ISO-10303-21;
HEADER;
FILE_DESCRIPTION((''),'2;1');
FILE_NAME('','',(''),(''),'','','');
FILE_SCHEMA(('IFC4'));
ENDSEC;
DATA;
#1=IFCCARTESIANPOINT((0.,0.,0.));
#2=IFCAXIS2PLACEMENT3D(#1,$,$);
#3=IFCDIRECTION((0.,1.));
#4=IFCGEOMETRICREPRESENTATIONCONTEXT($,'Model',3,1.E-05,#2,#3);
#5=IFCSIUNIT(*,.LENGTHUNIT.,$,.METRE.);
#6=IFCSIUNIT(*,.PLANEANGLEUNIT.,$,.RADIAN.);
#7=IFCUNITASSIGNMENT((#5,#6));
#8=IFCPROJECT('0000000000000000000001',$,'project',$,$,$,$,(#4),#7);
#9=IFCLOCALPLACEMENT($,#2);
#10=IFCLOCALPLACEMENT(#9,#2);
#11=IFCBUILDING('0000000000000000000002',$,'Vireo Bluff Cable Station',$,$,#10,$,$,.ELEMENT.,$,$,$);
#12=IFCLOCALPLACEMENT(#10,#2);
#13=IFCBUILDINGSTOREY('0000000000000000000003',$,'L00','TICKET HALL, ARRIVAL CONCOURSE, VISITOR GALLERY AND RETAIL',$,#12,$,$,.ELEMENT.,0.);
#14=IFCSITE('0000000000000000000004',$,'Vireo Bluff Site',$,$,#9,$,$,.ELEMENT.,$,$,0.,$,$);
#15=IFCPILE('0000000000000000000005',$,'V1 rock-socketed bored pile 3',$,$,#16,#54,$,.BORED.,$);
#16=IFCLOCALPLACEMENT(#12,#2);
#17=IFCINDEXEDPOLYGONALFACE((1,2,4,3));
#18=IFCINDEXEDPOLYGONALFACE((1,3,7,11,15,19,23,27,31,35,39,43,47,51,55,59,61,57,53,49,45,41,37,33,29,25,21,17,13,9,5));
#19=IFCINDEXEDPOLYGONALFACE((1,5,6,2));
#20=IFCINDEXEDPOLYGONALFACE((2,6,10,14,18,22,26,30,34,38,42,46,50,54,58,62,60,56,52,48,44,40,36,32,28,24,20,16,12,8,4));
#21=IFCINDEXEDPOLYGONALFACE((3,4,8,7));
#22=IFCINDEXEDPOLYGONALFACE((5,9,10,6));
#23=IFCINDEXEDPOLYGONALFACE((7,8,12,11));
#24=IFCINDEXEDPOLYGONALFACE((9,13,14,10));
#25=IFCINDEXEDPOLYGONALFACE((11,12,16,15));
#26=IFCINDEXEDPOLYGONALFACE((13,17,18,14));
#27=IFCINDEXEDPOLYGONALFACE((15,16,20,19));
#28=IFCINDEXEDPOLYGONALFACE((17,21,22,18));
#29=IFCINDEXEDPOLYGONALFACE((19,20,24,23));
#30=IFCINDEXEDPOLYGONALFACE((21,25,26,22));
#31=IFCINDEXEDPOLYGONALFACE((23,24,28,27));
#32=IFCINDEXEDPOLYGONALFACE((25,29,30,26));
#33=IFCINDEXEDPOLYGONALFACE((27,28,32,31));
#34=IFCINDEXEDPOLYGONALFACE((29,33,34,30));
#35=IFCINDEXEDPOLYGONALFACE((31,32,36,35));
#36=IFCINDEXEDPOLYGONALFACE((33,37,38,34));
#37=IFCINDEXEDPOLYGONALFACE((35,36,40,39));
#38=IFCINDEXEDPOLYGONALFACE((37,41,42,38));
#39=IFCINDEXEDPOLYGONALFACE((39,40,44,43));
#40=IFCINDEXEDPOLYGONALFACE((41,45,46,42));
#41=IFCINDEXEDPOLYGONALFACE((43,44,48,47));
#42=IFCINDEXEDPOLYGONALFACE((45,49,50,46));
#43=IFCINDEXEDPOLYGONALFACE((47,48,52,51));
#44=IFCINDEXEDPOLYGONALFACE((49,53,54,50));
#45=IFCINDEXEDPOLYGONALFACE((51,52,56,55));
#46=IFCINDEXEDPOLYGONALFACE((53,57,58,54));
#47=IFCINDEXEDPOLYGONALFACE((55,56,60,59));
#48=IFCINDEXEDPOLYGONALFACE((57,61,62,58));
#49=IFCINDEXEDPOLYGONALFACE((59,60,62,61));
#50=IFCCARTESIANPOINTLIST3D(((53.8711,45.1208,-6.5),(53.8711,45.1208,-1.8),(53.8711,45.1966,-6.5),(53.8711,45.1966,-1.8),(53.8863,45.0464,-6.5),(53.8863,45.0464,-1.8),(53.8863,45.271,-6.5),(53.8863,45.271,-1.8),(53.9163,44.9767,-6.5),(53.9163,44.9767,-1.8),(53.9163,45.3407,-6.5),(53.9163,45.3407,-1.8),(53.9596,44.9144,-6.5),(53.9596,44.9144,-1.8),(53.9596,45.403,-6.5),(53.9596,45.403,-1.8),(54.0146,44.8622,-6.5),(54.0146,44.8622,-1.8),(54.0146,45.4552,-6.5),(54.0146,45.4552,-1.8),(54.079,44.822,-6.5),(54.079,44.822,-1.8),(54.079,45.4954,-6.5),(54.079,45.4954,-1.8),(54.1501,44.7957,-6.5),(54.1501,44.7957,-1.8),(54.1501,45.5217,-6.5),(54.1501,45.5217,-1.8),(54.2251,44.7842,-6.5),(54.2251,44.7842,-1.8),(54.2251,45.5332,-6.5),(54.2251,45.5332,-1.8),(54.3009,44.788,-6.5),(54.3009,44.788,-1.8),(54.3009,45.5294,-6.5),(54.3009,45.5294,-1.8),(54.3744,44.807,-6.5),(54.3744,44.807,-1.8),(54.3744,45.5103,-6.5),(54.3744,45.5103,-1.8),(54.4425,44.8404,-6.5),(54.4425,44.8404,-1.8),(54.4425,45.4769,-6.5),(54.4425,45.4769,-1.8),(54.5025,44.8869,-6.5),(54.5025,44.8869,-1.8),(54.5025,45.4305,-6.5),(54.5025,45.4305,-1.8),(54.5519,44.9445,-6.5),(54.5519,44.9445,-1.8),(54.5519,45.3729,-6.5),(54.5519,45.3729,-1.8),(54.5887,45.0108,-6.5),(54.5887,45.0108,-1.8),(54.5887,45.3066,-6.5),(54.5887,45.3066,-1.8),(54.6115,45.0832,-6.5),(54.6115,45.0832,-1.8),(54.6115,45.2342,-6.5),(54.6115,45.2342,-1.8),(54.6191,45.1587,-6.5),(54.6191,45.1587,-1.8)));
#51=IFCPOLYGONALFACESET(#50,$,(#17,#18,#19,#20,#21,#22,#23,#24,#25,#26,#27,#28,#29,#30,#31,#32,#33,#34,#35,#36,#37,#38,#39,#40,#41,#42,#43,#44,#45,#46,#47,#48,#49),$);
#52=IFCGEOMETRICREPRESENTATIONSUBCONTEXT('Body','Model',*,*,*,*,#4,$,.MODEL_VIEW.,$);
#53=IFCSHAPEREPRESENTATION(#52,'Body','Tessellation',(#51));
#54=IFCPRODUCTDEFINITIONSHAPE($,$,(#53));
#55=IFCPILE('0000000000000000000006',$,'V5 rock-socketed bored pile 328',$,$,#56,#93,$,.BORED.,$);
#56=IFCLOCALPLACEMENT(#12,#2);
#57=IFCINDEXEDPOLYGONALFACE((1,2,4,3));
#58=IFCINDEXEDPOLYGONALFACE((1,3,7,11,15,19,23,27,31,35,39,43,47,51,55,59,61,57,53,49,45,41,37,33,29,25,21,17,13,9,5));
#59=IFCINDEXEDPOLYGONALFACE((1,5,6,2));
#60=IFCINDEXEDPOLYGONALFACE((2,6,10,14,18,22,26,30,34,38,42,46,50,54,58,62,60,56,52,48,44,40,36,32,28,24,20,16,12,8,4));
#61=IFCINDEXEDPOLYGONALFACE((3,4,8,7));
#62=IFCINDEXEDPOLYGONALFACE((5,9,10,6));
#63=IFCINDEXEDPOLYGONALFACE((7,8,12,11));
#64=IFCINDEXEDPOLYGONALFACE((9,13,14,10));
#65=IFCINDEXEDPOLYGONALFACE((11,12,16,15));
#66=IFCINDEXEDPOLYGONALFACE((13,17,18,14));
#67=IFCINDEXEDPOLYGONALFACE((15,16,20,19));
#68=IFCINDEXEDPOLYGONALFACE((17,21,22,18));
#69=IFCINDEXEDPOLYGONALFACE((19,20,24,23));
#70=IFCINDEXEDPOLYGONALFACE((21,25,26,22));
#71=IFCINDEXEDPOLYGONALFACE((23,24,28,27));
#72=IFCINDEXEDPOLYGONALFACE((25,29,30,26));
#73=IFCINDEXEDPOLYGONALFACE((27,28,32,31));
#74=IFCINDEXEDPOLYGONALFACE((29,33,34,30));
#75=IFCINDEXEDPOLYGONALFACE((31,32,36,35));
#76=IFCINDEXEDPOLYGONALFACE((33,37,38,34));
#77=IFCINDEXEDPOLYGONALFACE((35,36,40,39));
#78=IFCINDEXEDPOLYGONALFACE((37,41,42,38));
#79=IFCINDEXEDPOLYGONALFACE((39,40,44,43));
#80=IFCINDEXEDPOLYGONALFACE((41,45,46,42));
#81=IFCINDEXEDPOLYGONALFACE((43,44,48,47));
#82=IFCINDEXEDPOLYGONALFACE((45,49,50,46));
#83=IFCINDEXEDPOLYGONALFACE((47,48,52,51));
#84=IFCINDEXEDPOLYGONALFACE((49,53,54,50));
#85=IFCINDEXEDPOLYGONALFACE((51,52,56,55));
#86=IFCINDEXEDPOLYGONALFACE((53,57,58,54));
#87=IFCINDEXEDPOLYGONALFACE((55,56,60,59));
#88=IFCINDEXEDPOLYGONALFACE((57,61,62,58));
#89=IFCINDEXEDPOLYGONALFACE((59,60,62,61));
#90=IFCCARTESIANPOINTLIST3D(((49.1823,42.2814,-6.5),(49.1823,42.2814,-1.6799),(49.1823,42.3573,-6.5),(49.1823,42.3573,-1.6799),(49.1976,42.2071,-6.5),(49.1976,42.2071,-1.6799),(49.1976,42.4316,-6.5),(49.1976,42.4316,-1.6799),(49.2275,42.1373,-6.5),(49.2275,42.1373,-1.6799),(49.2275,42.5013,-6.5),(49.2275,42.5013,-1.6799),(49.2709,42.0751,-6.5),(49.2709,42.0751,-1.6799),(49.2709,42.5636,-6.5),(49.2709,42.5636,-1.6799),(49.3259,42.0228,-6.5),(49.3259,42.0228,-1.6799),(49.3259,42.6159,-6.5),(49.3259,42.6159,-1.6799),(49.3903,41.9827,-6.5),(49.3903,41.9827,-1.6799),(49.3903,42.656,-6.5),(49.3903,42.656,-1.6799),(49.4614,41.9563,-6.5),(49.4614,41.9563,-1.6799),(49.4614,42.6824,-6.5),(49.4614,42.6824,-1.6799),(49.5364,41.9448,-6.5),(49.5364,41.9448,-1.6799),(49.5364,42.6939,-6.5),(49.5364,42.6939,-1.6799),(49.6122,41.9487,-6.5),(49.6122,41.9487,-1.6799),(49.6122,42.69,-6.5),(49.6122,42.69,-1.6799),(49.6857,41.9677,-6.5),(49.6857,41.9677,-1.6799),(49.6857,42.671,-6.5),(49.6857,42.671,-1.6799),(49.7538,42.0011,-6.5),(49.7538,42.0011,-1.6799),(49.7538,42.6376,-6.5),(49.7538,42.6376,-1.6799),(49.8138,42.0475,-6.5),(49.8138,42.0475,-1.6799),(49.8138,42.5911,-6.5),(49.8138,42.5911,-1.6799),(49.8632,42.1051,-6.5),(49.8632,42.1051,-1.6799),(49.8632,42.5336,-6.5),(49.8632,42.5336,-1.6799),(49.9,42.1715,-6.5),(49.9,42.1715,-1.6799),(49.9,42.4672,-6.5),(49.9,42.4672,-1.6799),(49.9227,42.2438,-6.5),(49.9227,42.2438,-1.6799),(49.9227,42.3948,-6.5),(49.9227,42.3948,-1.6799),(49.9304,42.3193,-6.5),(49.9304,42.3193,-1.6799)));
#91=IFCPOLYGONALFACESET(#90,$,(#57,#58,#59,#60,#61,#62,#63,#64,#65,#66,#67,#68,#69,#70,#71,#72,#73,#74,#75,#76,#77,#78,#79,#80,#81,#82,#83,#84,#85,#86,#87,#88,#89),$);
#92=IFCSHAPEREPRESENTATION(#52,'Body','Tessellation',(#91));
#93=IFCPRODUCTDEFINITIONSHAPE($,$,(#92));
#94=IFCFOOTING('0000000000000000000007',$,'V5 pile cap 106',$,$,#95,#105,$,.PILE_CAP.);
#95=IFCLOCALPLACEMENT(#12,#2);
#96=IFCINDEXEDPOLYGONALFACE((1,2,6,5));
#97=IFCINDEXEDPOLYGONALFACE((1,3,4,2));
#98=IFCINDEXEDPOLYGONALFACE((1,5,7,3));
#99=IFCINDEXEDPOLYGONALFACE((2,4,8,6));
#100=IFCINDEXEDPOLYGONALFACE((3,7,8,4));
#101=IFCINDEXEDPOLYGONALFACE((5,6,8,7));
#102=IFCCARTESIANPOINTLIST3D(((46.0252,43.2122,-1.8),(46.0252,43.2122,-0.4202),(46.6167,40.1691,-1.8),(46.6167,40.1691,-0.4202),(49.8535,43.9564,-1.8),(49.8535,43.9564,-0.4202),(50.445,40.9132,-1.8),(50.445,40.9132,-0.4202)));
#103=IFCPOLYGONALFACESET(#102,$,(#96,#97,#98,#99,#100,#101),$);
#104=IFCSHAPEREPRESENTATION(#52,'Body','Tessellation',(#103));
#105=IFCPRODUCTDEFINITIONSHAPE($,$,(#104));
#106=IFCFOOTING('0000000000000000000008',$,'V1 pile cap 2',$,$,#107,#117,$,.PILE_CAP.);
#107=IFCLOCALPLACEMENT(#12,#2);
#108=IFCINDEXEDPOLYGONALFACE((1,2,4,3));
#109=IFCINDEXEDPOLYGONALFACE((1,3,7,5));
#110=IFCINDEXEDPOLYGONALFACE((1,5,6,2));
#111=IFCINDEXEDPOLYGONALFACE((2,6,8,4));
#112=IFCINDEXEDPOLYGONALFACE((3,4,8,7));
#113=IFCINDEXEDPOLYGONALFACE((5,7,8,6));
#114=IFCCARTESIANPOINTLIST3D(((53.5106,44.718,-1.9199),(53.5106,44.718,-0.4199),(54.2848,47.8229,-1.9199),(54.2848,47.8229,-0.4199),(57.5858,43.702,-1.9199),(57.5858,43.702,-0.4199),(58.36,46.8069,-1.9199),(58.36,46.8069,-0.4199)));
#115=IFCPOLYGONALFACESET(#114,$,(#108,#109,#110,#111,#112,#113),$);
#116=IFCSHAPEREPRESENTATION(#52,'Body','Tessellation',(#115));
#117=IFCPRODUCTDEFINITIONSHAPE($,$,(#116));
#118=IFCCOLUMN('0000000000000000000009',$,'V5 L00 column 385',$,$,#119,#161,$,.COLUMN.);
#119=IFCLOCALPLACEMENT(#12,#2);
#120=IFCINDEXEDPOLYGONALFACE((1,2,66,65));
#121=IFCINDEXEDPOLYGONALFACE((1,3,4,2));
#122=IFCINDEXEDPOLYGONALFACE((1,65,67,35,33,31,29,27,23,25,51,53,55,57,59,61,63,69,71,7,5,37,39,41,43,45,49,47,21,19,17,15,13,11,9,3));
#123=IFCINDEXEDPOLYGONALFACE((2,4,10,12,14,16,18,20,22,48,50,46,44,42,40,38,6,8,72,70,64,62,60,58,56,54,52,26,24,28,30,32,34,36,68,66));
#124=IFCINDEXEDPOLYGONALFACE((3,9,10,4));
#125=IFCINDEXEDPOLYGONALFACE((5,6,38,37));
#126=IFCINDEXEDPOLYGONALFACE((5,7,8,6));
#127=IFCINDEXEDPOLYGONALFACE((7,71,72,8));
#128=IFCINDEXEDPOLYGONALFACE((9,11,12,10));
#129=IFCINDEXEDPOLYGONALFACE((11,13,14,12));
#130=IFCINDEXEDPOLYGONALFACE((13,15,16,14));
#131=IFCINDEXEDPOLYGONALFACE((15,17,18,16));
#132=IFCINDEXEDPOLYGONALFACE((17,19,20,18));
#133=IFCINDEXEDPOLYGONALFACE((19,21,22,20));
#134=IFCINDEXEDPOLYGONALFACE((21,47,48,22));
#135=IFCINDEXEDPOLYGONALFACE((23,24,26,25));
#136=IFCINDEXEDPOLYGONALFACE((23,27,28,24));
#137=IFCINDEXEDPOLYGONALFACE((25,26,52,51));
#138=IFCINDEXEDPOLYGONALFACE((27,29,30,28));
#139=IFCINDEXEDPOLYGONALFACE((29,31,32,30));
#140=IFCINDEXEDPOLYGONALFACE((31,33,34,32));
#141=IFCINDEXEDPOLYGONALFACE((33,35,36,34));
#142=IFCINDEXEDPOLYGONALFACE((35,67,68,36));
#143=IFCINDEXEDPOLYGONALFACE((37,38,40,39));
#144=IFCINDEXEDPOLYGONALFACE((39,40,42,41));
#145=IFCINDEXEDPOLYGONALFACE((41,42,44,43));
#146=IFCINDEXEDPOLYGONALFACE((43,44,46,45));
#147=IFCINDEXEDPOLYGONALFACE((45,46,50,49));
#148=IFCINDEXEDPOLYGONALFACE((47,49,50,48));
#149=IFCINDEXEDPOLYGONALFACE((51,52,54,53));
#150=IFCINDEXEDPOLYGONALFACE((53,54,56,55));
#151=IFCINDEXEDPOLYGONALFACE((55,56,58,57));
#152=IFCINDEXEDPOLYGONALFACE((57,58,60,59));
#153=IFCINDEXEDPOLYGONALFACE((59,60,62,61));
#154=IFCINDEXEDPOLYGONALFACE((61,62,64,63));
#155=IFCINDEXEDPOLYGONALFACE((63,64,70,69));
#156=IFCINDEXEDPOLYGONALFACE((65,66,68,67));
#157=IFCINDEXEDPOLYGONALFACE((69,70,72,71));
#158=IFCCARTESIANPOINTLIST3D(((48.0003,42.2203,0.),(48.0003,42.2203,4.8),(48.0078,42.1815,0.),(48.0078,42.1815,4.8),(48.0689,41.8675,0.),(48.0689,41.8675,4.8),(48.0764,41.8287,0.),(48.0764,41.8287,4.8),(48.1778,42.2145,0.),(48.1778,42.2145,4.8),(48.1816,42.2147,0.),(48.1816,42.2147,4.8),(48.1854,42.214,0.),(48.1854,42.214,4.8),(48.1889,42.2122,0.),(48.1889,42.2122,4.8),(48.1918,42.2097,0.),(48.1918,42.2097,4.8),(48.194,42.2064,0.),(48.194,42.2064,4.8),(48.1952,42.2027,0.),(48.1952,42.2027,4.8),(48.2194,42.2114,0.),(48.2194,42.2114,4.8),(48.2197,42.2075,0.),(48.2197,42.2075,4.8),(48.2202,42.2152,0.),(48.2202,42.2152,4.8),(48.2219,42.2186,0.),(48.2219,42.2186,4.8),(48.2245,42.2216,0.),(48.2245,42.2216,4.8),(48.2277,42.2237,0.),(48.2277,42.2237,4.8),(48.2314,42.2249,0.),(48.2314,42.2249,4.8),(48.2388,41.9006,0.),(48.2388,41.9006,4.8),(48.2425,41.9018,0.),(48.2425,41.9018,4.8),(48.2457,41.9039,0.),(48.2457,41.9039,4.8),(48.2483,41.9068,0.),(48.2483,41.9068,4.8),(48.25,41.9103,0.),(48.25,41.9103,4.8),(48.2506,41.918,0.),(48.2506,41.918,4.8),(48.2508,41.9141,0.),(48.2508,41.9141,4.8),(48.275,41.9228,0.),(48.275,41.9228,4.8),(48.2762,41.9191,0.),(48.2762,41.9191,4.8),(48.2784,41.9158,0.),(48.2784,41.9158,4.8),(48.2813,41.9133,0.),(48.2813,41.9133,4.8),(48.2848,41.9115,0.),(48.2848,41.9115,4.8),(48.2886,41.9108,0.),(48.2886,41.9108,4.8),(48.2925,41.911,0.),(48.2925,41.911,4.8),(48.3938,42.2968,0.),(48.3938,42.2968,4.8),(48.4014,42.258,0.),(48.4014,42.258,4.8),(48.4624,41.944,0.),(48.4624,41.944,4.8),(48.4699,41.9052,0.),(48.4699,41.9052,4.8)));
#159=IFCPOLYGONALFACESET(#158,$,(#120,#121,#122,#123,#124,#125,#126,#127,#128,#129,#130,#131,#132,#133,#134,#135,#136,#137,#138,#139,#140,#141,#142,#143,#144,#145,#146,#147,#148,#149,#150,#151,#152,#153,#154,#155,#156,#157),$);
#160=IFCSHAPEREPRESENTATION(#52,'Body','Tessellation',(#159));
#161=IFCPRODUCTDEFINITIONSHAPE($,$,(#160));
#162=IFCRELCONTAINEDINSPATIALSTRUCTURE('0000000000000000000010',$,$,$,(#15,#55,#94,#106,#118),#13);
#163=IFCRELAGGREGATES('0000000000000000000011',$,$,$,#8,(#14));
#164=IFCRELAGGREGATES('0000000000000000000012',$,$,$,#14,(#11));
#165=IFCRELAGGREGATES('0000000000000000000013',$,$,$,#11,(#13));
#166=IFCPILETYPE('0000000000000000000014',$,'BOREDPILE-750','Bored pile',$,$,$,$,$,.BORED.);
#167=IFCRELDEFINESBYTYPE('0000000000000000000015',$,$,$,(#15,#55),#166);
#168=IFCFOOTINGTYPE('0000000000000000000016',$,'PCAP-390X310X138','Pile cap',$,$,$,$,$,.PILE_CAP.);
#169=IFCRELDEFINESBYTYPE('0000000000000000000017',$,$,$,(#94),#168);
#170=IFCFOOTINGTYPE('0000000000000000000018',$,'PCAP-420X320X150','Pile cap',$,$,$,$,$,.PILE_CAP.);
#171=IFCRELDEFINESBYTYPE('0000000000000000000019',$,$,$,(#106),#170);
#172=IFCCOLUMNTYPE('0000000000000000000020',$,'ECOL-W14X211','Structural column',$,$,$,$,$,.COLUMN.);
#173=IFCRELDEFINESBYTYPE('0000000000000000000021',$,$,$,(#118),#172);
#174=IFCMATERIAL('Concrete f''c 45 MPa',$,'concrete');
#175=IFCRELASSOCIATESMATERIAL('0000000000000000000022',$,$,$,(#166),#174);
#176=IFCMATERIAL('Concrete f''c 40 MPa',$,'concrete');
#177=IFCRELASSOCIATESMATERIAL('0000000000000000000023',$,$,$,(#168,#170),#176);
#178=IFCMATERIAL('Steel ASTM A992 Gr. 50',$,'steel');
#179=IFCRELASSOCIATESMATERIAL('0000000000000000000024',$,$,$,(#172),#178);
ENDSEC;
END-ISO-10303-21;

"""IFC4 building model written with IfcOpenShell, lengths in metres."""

from ifc_helpers import new_model, si_unit, direction, frame, origin, origin_2d, place, context, subcontext, project, spatial, rectangle, circle, i_section, extrude, material, material_profile, profile_set, type_object, element, save


model = new_model("IFC4")

# Units and contexts
model_context = context("Model", 3, precision=1e-05, world=origin(), true_north=direction((0.0, 1.0)))
body_context = subcontext(model_context, "Body", "Model", "MODEL_VIEW")
ifc_project = project(units=[si_unit("LENGTHUNIT", "METRE"), si_unit("PLANEANGLEUNIT", "RADIAN")], contexts=[model_context])

# Site, building, storey
site_placement = place(None, origin())
site = spatial("IfcSite", under=ifc_project, at=site_placement, Name="Vireo Bluff Site", CompositionType="ELEMENT", RefElevation=0.0)
building_placement = place(site_placement, origin())
building = spatial("IfcBuilding", under=site, at=building_placement, Name="Vireo Bluff Cable Station", CompositionType="ELEMENT")
storey_placement = place(building_placement, origin())
storey = spatial("IfcBuildingStorey", under=building, at=storey_placement, Name="L00", Description="TICKET HALL, ARRIVAL CONCOURSE, VISITOR GALLERY AND RETAIL", CompositionType="ELEMENT", Elevation=0.0)

# Piles
ifc_material_1 = material(Name="Concrete f'c 45 MPa", Category="concrete")
ifc_material_profile_1 = material_profile(ifc_material_1, circle(Radius=0.375, at=origin_2d()), Name="BOREDPILE-750")
ifc_profile_set_1 = profile_set([ifc_material_profile_1], Name="Concrete f'c 45 MPa")
pile_type = type_object("IfcPileType", Name="BOREDPILE-750", Description="Bored pile", PredefinedType="BORED", material=ifc_profile_set_1)
pile_1_placement = place(storey_placement, frame((54.2441, 45.1587, -1.8), z_axis=(0.0, 0.0, -1.0), x_axis=(1.0, 0.0, 0.0)))
element("IfcPile", 1, at=pile_1_placement, inside=storey, type_object=pile_type, Name="V1 rock-socketed bored pile 3", PredefinedType="BORED", context=body_context, shape_type="SweptSolid", body=[
    extrude(circle(Radius=0.375, at=origin_2d()), origin(), (0.0, 0.0, 1.0), 4.7),
])
pile_2_placement = place(storey_placement, frame((49.5554, 42.3193, -1.6799), z_axis=(0.0, 0.0, -1.0), x_axis=(1.0, 0.0, 0.0)))
element("IfcPile", 2, at=pile_2_placement, inside=storey, type_object=pile_type, Name="V5 rock-socketed bored pile 328", PredefinedType="BORED", context=body_context, shape_type="SweptSolid", body=[
    extrude(circle(Radius=0.375, at=origin_2d()), origin(), (0.0, 0.0, 1.0), 4.8201),
])

# Footings
ifc_material_2 = material(Name="Concrete f'c 40 MPa", Category="concrete")
footing_type_1 = type_object("IfcFootingType", Name="PCAP-390X310X138", Description="Pile cap", PredefinedType="PILE_CAP", material=ifc_material_2)
footing_1_placement = place(storey_placement, frame((48.2351, 42.0627, -1.8), z_axis=(0.0, 0.0, 1.0), x_axis=(0.981627, 0.190809, 0.0)))
element("IfcFooting", 3, at=footing_1_placement, inside=storey, type_object=footing_type_1, Name="V5 pile cap 106", PredefinedType="PILE_CAP", context=body_context, shape_type="SweptSolid", body=[
    extrude(rectangle(XDim=3.8999, YDim=3.1001, at=origin_2d()), origin(), (0.0, 0.0, 1.0), 1.3799),
])
footing_type_2 = type_object("IfcFootingType", Name="PCAP-420X320X150", Description="Pile cap", PredefinedType="PILE_CAP", material=ifc_material_2)
footing_2_placement = place(storey_placement, frame((55.9353, 45.7625, -1.9199), z_axis=(0.0, 0.0, 1.0), x_axis=(0.970296, -0.241922, 0.0)))
element("IfcFooting", 4, at=footing_2_placement, inside=storey, type_object=footing_type_2, Name="V1 pile cap 2", PredefinedType="PILE_CAP", context=body_context, shape_type="SweptSolid", body=[
    extrude(rectangle(XDim=4.2, YDim=3.2, at=origin_2d()), origin(), (0.0, 0.0, 1.0), 1.5),
])

# Column
ifc_material_3 = material(Name="Steel ASTM A992 Gr. 50", Category="steel")
ifc_material_profile_2 = material_profile(ifc_material_3, i_section(OverallWidth=0.4009, OverallDepth=0.3989, WebThickness=0.0249, FlangeThickness=0.0396, FilletRadius=0.0149, at=origin_2d()), Name="W14X211")
ifc_profile_set_2 = profile_set([ifc_material_profile_2], Name="Steel ASTM A992 Gr. 50")
column_type_1 = type_object("IfcColumnType", Name="ECOL-W14X211", Description="Structural column", PredefinedType="COLUMN", material=ifc_profile_set_2)
column_1_placement = place(storey_placement, frame((48.2351, 42.0627, 0.0), z_axis=(0.0, 0.0, 1.0), x_axis=(0.981627, 0.190809, 0.0)))
element("IfcColumn", 5, at=column_1_placement, inside=storey, type_object=column_type_1, Name="V5 L00 column 385", PredefinedType="COLUMN", context=body_context, shape_type="SweptSolid", body=[
    extrude(i_section(OverallWidth=0.4009, OverallDepth=0.3989, WebThickness=0.0249, FlangeThickness=0.0396, FilletRadius=0.0149, at=origin_2d()), origin(), (0.0, 0.0, 1.0), 4.8),
])

save(model, "model.ifc")
